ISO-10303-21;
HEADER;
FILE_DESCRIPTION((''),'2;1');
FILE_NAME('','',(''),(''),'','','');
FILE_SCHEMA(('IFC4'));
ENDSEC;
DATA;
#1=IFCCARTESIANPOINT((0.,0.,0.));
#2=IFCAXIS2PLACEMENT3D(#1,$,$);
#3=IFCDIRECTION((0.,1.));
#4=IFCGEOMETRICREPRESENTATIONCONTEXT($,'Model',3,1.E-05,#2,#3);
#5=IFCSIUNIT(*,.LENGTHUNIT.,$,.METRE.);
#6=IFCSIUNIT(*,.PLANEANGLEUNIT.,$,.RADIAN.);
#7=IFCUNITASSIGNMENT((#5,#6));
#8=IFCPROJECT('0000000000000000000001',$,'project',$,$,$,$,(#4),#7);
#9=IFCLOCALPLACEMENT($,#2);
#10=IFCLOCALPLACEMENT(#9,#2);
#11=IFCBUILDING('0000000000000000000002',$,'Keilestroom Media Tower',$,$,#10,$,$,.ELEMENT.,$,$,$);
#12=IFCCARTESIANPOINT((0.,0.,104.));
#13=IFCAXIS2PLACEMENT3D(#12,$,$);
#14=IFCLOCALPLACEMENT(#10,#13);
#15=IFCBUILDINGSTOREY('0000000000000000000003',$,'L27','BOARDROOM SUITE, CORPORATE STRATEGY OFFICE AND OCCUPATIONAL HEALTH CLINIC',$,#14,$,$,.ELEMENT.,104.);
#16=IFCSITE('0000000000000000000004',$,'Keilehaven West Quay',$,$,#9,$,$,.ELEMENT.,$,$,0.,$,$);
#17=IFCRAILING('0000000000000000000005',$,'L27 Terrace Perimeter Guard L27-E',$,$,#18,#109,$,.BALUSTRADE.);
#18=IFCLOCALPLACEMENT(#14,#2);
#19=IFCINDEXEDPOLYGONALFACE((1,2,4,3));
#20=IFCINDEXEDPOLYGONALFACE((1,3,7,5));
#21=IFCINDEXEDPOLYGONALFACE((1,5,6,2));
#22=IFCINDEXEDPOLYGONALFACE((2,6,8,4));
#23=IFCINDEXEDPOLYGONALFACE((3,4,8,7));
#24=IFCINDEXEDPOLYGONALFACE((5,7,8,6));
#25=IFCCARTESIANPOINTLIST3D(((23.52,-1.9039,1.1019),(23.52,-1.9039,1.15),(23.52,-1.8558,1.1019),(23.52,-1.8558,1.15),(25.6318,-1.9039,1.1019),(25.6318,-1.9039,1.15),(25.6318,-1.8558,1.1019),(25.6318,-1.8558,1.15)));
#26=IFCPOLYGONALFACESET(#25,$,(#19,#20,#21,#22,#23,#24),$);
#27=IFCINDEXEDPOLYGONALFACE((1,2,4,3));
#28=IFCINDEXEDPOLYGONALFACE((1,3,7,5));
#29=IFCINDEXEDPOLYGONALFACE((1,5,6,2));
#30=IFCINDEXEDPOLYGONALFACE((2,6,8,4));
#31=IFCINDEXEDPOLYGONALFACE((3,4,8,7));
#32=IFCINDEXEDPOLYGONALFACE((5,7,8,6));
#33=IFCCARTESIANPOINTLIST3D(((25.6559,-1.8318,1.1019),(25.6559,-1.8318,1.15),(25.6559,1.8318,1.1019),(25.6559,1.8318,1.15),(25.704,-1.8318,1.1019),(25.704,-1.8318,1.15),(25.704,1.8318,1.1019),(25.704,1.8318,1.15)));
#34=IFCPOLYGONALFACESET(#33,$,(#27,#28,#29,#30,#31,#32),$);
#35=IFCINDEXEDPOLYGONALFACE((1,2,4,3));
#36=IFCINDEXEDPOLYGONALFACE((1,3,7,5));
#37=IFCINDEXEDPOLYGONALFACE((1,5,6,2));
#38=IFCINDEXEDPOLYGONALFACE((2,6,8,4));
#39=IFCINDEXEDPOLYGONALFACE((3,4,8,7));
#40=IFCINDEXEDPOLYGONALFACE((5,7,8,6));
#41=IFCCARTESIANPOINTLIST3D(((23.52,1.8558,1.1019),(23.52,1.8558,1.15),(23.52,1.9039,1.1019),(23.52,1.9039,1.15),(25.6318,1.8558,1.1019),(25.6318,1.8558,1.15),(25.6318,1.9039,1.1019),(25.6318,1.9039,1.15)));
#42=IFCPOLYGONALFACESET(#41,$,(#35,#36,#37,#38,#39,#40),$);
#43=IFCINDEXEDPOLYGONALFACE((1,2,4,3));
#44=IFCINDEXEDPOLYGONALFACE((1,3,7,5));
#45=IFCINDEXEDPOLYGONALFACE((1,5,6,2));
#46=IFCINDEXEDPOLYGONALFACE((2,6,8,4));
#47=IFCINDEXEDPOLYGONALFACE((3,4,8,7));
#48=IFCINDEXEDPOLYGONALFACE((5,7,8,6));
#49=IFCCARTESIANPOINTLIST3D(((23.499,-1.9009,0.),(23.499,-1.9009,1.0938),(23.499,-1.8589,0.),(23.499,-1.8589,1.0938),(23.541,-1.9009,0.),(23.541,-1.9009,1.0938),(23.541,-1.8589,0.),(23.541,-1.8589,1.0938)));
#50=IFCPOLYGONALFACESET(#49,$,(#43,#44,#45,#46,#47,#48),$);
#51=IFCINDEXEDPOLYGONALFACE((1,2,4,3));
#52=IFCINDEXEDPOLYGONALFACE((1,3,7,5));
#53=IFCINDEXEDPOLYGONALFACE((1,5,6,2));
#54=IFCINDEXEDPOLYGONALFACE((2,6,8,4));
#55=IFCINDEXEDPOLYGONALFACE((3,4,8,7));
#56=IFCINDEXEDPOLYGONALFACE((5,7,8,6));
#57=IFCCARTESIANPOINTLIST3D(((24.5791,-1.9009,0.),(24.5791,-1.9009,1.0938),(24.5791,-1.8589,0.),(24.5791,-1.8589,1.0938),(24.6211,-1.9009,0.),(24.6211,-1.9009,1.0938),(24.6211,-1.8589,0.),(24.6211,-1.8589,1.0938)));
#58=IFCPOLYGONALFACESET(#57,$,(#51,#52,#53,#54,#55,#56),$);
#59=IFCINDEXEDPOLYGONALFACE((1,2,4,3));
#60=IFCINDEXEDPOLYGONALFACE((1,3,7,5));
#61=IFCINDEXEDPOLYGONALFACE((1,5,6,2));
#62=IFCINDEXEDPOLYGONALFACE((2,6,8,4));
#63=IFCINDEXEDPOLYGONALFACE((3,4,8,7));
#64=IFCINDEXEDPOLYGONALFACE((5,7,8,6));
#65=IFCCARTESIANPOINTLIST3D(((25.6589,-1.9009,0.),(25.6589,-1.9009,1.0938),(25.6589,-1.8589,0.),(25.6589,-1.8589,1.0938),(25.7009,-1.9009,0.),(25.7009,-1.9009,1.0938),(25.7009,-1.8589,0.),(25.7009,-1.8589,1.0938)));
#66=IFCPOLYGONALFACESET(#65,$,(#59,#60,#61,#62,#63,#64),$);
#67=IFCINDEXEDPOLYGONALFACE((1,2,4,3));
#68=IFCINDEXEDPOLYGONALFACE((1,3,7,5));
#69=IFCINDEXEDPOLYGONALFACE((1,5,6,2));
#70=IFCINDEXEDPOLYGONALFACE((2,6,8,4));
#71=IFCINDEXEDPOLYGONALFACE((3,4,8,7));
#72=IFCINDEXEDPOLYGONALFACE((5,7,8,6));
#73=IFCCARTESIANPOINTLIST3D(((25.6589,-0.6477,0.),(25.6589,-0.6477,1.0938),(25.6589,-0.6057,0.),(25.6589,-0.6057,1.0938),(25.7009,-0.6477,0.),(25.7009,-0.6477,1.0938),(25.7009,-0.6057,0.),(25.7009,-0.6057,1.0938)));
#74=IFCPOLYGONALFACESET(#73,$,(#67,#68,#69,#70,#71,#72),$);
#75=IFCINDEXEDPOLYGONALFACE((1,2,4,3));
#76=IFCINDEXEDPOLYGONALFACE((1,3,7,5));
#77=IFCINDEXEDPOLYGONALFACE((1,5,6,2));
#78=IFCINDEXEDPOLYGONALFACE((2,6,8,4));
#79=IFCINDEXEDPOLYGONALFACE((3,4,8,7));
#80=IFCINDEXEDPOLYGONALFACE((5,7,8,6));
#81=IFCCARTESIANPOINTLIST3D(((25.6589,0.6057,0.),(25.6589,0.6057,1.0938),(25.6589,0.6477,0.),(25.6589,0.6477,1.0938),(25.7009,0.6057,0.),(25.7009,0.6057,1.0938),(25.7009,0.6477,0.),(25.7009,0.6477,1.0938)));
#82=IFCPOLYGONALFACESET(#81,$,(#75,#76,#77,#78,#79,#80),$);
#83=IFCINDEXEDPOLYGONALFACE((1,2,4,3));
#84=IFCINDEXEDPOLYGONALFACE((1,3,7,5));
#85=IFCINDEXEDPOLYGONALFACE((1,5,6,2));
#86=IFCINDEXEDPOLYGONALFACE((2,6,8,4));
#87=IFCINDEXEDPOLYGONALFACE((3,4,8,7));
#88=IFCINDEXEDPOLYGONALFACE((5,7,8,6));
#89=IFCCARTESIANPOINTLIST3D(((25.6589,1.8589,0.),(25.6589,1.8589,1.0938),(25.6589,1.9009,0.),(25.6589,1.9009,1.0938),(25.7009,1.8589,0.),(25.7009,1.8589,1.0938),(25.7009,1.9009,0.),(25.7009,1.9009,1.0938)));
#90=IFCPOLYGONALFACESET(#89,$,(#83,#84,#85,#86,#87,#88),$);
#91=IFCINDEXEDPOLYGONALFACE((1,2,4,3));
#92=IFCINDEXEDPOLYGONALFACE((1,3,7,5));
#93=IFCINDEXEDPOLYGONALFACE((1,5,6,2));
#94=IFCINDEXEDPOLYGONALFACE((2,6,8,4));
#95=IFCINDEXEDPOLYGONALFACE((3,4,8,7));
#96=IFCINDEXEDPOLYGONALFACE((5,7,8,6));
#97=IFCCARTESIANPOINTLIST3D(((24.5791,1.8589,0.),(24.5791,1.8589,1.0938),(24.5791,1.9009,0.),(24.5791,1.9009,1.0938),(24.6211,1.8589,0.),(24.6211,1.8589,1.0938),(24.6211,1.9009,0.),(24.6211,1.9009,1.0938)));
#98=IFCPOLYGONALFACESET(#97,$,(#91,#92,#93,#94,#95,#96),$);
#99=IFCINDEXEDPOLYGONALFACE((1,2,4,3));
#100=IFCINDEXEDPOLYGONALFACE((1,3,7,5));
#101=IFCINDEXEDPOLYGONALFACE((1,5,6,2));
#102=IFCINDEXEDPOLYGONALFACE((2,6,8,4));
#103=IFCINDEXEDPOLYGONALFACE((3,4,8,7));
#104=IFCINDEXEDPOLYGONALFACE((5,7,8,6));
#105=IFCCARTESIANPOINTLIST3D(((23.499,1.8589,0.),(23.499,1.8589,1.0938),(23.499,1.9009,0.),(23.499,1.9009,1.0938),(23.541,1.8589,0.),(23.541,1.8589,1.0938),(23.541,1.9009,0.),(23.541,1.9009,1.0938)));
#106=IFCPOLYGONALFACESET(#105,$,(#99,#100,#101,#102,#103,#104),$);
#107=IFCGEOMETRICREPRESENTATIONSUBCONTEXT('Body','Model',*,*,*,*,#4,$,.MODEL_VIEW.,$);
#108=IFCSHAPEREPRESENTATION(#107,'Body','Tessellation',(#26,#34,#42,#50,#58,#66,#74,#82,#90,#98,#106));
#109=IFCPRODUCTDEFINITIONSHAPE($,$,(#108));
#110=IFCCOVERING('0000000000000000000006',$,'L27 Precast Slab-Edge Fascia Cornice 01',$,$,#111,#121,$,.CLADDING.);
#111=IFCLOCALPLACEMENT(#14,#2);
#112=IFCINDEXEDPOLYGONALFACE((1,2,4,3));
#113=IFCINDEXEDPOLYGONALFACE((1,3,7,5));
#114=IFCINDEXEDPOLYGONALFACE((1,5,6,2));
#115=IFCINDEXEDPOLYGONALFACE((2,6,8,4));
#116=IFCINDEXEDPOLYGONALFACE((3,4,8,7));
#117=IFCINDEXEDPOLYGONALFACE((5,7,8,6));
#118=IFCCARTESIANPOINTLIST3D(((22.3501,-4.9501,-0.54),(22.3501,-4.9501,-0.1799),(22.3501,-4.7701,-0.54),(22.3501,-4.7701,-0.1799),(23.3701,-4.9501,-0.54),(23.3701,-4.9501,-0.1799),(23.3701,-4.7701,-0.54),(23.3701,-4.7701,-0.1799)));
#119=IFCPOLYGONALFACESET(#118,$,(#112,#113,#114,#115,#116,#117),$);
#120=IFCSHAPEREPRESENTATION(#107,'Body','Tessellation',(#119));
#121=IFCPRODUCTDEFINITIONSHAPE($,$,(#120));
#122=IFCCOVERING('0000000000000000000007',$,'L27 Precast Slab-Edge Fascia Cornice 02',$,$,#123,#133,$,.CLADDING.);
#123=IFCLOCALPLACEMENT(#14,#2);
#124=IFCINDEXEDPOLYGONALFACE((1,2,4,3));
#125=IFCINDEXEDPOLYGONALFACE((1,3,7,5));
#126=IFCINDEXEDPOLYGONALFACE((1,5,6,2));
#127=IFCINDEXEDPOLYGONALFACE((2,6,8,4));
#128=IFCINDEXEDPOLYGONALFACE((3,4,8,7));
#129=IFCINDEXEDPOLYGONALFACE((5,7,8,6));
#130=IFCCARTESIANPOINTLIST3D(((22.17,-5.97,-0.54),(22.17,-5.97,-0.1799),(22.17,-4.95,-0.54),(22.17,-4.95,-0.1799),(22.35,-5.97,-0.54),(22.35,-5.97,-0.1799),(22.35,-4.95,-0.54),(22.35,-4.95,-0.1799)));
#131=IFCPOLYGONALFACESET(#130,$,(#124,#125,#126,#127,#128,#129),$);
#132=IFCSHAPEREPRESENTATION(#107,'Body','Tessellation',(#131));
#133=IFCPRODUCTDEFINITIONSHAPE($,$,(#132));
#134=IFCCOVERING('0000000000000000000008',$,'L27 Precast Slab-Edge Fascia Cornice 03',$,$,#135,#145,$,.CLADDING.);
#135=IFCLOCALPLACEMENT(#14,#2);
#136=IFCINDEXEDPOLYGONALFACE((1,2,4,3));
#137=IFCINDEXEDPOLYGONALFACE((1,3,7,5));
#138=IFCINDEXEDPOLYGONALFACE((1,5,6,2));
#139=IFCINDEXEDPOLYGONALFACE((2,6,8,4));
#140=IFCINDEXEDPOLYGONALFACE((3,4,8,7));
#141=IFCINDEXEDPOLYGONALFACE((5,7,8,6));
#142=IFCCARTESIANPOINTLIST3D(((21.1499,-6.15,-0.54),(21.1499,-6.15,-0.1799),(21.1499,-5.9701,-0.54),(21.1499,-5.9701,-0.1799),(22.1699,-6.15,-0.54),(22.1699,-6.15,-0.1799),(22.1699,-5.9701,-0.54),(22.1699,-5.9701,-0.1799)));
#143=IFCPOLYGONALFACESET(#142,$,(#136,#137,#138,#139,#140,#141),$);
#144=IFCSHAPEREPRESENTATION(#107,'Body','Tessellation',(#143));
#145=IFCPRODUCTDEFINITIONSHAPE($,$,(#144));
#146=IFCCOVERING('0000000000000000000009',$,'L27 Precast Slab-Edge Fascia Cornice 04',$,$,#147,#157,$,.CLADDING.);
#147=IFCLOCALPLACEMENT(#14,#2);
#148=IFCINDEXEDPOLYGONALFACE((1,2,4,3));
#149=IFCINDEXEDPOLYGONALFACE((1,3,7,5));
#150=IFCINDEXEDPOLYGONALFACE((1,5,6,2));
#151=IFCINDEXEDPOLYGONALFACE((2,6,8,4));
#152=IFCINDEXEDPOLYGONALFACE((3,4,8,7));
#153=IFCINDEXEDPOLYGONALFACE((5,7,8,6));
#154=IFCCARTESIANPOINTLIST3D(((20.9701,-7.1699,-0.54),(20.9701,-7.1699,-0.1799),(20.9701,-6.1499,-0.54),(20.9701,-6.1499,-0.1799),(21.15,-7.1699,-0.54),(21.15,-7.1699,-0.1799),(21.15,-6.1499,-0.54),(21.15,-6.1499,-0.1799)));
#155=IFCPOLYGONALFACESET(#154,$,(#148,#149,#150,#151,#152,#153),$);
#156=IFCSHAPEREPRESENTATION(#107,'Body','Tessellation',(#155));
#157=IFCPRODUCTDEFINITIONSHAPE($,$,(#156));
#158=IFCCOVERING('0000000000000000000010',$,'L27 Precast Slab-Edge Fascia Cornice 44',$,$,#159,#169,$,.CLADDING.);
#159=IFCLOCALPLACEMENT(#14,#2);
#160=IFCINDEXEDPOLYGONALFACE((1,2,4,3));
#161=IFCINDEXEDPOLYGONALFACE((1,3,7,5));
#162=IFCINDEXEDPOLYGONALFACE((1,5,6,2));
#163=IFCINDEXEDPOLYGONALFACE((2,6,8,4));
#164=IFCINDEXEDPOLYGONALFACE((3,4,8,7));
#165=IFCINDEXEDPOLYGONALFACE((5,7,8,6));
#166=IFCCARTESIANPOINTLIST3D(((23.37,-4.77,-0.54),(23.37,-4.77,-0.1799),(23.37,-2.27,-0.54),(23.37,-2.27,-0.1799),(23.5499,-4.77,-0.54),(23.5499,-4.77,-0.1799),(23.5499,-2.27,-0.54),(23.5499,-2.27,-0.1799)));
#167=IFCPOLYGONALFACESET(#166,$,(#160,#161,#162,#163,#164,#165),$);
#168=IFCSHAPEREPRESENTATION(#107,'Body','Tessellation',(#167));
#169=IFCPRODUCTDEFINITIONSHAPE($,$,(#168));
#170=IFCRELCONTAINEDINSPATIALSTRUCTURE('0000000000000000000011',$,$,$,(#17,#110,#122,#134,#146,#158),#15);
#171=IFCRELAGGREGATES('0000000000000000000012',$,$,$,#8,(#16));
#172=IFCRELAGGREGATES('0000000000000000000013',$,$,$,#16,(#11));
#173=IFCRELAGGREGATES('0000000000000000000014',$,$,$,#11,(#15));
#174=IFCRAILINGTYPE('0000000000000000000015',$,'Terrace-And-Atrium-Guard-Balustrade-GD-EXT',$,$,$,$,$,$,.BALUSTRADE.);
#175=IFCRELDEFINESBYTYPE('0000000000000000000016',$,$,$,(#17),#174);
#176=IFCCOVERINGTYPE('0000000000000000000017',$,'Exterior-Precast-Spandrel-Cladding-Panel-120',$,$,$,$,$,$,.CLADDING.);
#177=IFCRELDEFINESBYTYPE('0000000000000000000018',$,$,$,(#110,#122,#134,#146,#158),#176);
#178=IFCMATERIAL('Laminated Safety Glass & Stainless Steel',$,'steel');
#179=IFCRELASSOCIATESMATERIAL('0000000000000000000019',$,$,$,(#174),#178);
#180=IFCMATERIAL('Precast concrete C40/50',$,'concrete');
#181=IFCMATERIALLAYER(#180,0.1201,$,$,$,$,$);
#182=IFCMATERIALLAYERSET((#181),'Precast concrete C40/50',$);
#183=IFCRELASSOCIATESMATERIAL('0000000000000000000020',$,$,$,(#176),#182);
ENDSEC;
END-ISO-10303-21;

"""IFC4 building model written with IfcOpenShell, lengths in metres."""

from ifc_helpers import new_model, si_unit, direction, frame, origin, origin_2d, place, context, subcontext, project, spatial, rectangle, extrude, source, transform, mapped, material, layer, layer_set, type_object, element, save


model = new_model("IFC4")

# Units and contexts
model_context = context("Model", 3, precision=1e-05, world=origin(), true_north=direction((0.0, 1.0)))
body_context = subcontext(model_context, "Body", "Model", "MODEL_VIEW")
ifc_project = project(units=[si_unit("LENGTHUNIT", "METRE"), si_unit("PLANEANGLEUNIT", "RADIAN")], contexts=[model_context])

# Site, building, storey
site_placement = place(None, origin())
site = spatial("IfcSite", under=ifc_project, at=site_placement, Name="Keilehaven West Quay", CompositionType="ELEMENT", RefElevation=0.0)
building_placement = place(site_placement, origin())
building = spatial("IfcBuilding", under=site, at=building_placement, Name="Keilestroom Media Tower", CompositionType="ELEMENT")
storey_placement = place(building_placement, frame((0.0, 0.0, 104.0)))
storey = spatial("IfcBuildingStorey", under=building, at=storey_placement, Name="L27", Description="BOARDROOM SUITE, CORPORATE STRATEGY OFFICE AND OCCUPATIONAL HEALTH CLINIC", CompositionType="ELEMENT", Elevation=104.0)

# Shared definitions
ifc_material_1 = material(Name="Precast concrete C40/50", Category="concrete")

# Railing
ifc_material_2 = material(Name="Laminated Safety Glass & Stainless Steel", Category="steel")
railing_type = type_object("IfcRailingType", Name="Terrace-And-Atrium-Guard-Balustrade-GD-EXT", PredefinedType="BALUSTRADE", material=ifc_material_2)
railing_placement = place(storey_placement, frame((23.52, -1.8799, 0.0)))
element("IfcRailing", 1, at=railing_placement, inside=storey, type_object=railing_type, Name="L27 Terrace Perimeter Guard L27-E", PredefinedType="BALUSTRADE", context=body_context, shape_type="SweptSolid", body=[
    extrude(rectangle(XDim=0.0481, YDim=0.0481, at=origin_2d()), frame((0.0, 0.0, 1.126), z_axis=(1.0, 0.0, 0.0), x_axis=(0.0, 1.0, 0.0)), (0.0, 0.0, 1.0), 2.1118),
    extrude(rectangle(XDim=0.0481, YDim=0.0481, at=origin_2d()), frame((2.1599, 0.0481, 1.126), z_axis=(0.0, 1.0, 0.0), x_axis=(-1.0, 0.0, 0.0)), (0.0, 0.0, 1.0), 3.6636),
    extrude(rectangle(XDim=0.0481, YDim=0.0481, at=origin_2d()), frame((2.1118, 3.7598, 1.126), z_axis=(-1.0, 0.0, 0.0), x_axis=(0.0, -1.0, 0.0)), (0.0, 0.0, 1.0), 2.1118),
    extrude(rectangle(XDim=0.042, YDim=0.042, at=origin_2d()), origin(), (0.0, 0.0, 1.0), 1.0938),
    extrude(rectangle(XDim=0.042, YDim=0.042, at=origin_2d()), frame((1.0801, 0.0, 0.0)), (0.0, 0.0, 1.0), 1.0938),
    extrude(rectangle(XDim=0.042, YDim=0.042, at=origin_2d()), frame((2.1599, 0.0, 0.0)), (0.0, 0.0, 1.0), 1.0938),
    extrude(rectangle(XDim=0.042, YDim=0.042, at=origin_2d()), frame((2.1599, 1.2532, 0.0)), (0.0, 0.0, 1.0), 1.0938),
    extrude(rectangle(XDim=0.042, YDim=0.042, at=origin_2d()), frame((2.1599, 2.5066, 0.0)), (0.0, 0.0, 1.0), 1.0938),
    extrude(rectangle(XDim=0.042, YDim=0.042, at=origin_2d()), frame((2.1599, 3.7598, 0.0)), (0.0, 0.0, 1.0), 1.0938),
    extrude(rectangle(XDim=0.042, YDim=0.042, at=origin_2d()), frame((1.0801, 3.7598, 0.0)), (0.0, 0.0, 1.0), 1.0938),
    extrude(rectangle(XDim=0.042, YDim=0.042, at=origin_2d()), frame((0.0, 3.7598, 0.0)), (0.0, 0.0, 1.0), 1.0938),
])

# Coverings
ifc_layer_1 = layer(ifc_material_1, 0.1201)
ifc_layer_set_1 = layer_set([ifc_layer_1], Name="Precast concrete C40/50")
covering_type = type_object("IfcCoveringType", Name="Exterior-Precast-Spandrel-Cladding-Panel-120", PredefinedType="CLADDING", material=ifc_layer_set_1)
shared_shape_1 = source(origin(), body_context, "Body", "SweptSolid", [
    extrude(rectangle(XDim=1.02, YDim=0.1799, at=origin_2d()), origin(), (0.0, 0.0, 1.0), 0.3601),
])
for number, where, z_axis, x_axis, name in (
    (2, (22.8601, -4.8601, -0.54), (0.0, 0.0, 1.0), (-1.0, 0.0, 0.0), "L27 Precast Slab-Edge Fascia Cornice 01"),
    (3, (22.26, -5.46, -0.54), (0.0, 0.0, 1.0), (0.0, -1.0, 0.0), "L27 Precast Slab-Edge Fascia Cornice 02"),
    (4, (21.6599, -6.0601, -0.54), (0.0, 0.0, 1.0), (-1.0, 0.0, 0.0), "L27 Precast Slab-Edge Fascia Cornice 03"),
    (5, (21.0601, -6.6599, -0.54), (0.0, 0.0, 1.0), (0.0, -1.0, 0.0), "L27 Precast Slab-Edge Fascia Cornice 04"),
):
    element("IfcCovering", number, at=place(storey_placement, frame(where, z_axis=z_axis, x_axis=x_axis)), inside=storey, type_object=covering_type, Name=name, PredefinedType="CLADDING", context=body_context, shape_type="MappedRepresentation", body=[
        mapped(shared_shape_1, transform((0.0, 0.0, 0.0), x_axis=(1.0, 0.0, 0.0), y_axis=(0.0, 1.0, 0.0), z_axis=(0.0, 0.0, 1.0), scale=1.0)),
    ])
shared_shape_2 = source(origin(), body_context, "Body", "SweptSolid", [
    extrude(rectangle(XDim=2.5, YDim=0.1799, at=origin_2d()), origin(), (0.0, 0.0, 1.0), 0.3601),
])
covering_placement = place(storey_placement, frame((23.46, -3.52, -0.54), z_axis=(0.0, 0.0, 1.0), x_axis=(0.0, -1.0, 0.0)))
element("IfcCovering", 6, at=covering_placement, inside=storey, type_object=covering_type, Name="L27 Precast Slab-Edge Fascia Cornice 44", PredefinedType="CLADDING", context=body_context, shape_type="MappedRepresentation", body=[
    mapped(shared_shape_2, transform((0.0, 0.0, 0.0), x_axis=(1.0, 0.0, 0.0), y_axis=(0.0, 1.0, 0.0), z_axis=(0.0, 0.0, 1.0), scale=1.0)),
])

save(model, "model.ifc")
